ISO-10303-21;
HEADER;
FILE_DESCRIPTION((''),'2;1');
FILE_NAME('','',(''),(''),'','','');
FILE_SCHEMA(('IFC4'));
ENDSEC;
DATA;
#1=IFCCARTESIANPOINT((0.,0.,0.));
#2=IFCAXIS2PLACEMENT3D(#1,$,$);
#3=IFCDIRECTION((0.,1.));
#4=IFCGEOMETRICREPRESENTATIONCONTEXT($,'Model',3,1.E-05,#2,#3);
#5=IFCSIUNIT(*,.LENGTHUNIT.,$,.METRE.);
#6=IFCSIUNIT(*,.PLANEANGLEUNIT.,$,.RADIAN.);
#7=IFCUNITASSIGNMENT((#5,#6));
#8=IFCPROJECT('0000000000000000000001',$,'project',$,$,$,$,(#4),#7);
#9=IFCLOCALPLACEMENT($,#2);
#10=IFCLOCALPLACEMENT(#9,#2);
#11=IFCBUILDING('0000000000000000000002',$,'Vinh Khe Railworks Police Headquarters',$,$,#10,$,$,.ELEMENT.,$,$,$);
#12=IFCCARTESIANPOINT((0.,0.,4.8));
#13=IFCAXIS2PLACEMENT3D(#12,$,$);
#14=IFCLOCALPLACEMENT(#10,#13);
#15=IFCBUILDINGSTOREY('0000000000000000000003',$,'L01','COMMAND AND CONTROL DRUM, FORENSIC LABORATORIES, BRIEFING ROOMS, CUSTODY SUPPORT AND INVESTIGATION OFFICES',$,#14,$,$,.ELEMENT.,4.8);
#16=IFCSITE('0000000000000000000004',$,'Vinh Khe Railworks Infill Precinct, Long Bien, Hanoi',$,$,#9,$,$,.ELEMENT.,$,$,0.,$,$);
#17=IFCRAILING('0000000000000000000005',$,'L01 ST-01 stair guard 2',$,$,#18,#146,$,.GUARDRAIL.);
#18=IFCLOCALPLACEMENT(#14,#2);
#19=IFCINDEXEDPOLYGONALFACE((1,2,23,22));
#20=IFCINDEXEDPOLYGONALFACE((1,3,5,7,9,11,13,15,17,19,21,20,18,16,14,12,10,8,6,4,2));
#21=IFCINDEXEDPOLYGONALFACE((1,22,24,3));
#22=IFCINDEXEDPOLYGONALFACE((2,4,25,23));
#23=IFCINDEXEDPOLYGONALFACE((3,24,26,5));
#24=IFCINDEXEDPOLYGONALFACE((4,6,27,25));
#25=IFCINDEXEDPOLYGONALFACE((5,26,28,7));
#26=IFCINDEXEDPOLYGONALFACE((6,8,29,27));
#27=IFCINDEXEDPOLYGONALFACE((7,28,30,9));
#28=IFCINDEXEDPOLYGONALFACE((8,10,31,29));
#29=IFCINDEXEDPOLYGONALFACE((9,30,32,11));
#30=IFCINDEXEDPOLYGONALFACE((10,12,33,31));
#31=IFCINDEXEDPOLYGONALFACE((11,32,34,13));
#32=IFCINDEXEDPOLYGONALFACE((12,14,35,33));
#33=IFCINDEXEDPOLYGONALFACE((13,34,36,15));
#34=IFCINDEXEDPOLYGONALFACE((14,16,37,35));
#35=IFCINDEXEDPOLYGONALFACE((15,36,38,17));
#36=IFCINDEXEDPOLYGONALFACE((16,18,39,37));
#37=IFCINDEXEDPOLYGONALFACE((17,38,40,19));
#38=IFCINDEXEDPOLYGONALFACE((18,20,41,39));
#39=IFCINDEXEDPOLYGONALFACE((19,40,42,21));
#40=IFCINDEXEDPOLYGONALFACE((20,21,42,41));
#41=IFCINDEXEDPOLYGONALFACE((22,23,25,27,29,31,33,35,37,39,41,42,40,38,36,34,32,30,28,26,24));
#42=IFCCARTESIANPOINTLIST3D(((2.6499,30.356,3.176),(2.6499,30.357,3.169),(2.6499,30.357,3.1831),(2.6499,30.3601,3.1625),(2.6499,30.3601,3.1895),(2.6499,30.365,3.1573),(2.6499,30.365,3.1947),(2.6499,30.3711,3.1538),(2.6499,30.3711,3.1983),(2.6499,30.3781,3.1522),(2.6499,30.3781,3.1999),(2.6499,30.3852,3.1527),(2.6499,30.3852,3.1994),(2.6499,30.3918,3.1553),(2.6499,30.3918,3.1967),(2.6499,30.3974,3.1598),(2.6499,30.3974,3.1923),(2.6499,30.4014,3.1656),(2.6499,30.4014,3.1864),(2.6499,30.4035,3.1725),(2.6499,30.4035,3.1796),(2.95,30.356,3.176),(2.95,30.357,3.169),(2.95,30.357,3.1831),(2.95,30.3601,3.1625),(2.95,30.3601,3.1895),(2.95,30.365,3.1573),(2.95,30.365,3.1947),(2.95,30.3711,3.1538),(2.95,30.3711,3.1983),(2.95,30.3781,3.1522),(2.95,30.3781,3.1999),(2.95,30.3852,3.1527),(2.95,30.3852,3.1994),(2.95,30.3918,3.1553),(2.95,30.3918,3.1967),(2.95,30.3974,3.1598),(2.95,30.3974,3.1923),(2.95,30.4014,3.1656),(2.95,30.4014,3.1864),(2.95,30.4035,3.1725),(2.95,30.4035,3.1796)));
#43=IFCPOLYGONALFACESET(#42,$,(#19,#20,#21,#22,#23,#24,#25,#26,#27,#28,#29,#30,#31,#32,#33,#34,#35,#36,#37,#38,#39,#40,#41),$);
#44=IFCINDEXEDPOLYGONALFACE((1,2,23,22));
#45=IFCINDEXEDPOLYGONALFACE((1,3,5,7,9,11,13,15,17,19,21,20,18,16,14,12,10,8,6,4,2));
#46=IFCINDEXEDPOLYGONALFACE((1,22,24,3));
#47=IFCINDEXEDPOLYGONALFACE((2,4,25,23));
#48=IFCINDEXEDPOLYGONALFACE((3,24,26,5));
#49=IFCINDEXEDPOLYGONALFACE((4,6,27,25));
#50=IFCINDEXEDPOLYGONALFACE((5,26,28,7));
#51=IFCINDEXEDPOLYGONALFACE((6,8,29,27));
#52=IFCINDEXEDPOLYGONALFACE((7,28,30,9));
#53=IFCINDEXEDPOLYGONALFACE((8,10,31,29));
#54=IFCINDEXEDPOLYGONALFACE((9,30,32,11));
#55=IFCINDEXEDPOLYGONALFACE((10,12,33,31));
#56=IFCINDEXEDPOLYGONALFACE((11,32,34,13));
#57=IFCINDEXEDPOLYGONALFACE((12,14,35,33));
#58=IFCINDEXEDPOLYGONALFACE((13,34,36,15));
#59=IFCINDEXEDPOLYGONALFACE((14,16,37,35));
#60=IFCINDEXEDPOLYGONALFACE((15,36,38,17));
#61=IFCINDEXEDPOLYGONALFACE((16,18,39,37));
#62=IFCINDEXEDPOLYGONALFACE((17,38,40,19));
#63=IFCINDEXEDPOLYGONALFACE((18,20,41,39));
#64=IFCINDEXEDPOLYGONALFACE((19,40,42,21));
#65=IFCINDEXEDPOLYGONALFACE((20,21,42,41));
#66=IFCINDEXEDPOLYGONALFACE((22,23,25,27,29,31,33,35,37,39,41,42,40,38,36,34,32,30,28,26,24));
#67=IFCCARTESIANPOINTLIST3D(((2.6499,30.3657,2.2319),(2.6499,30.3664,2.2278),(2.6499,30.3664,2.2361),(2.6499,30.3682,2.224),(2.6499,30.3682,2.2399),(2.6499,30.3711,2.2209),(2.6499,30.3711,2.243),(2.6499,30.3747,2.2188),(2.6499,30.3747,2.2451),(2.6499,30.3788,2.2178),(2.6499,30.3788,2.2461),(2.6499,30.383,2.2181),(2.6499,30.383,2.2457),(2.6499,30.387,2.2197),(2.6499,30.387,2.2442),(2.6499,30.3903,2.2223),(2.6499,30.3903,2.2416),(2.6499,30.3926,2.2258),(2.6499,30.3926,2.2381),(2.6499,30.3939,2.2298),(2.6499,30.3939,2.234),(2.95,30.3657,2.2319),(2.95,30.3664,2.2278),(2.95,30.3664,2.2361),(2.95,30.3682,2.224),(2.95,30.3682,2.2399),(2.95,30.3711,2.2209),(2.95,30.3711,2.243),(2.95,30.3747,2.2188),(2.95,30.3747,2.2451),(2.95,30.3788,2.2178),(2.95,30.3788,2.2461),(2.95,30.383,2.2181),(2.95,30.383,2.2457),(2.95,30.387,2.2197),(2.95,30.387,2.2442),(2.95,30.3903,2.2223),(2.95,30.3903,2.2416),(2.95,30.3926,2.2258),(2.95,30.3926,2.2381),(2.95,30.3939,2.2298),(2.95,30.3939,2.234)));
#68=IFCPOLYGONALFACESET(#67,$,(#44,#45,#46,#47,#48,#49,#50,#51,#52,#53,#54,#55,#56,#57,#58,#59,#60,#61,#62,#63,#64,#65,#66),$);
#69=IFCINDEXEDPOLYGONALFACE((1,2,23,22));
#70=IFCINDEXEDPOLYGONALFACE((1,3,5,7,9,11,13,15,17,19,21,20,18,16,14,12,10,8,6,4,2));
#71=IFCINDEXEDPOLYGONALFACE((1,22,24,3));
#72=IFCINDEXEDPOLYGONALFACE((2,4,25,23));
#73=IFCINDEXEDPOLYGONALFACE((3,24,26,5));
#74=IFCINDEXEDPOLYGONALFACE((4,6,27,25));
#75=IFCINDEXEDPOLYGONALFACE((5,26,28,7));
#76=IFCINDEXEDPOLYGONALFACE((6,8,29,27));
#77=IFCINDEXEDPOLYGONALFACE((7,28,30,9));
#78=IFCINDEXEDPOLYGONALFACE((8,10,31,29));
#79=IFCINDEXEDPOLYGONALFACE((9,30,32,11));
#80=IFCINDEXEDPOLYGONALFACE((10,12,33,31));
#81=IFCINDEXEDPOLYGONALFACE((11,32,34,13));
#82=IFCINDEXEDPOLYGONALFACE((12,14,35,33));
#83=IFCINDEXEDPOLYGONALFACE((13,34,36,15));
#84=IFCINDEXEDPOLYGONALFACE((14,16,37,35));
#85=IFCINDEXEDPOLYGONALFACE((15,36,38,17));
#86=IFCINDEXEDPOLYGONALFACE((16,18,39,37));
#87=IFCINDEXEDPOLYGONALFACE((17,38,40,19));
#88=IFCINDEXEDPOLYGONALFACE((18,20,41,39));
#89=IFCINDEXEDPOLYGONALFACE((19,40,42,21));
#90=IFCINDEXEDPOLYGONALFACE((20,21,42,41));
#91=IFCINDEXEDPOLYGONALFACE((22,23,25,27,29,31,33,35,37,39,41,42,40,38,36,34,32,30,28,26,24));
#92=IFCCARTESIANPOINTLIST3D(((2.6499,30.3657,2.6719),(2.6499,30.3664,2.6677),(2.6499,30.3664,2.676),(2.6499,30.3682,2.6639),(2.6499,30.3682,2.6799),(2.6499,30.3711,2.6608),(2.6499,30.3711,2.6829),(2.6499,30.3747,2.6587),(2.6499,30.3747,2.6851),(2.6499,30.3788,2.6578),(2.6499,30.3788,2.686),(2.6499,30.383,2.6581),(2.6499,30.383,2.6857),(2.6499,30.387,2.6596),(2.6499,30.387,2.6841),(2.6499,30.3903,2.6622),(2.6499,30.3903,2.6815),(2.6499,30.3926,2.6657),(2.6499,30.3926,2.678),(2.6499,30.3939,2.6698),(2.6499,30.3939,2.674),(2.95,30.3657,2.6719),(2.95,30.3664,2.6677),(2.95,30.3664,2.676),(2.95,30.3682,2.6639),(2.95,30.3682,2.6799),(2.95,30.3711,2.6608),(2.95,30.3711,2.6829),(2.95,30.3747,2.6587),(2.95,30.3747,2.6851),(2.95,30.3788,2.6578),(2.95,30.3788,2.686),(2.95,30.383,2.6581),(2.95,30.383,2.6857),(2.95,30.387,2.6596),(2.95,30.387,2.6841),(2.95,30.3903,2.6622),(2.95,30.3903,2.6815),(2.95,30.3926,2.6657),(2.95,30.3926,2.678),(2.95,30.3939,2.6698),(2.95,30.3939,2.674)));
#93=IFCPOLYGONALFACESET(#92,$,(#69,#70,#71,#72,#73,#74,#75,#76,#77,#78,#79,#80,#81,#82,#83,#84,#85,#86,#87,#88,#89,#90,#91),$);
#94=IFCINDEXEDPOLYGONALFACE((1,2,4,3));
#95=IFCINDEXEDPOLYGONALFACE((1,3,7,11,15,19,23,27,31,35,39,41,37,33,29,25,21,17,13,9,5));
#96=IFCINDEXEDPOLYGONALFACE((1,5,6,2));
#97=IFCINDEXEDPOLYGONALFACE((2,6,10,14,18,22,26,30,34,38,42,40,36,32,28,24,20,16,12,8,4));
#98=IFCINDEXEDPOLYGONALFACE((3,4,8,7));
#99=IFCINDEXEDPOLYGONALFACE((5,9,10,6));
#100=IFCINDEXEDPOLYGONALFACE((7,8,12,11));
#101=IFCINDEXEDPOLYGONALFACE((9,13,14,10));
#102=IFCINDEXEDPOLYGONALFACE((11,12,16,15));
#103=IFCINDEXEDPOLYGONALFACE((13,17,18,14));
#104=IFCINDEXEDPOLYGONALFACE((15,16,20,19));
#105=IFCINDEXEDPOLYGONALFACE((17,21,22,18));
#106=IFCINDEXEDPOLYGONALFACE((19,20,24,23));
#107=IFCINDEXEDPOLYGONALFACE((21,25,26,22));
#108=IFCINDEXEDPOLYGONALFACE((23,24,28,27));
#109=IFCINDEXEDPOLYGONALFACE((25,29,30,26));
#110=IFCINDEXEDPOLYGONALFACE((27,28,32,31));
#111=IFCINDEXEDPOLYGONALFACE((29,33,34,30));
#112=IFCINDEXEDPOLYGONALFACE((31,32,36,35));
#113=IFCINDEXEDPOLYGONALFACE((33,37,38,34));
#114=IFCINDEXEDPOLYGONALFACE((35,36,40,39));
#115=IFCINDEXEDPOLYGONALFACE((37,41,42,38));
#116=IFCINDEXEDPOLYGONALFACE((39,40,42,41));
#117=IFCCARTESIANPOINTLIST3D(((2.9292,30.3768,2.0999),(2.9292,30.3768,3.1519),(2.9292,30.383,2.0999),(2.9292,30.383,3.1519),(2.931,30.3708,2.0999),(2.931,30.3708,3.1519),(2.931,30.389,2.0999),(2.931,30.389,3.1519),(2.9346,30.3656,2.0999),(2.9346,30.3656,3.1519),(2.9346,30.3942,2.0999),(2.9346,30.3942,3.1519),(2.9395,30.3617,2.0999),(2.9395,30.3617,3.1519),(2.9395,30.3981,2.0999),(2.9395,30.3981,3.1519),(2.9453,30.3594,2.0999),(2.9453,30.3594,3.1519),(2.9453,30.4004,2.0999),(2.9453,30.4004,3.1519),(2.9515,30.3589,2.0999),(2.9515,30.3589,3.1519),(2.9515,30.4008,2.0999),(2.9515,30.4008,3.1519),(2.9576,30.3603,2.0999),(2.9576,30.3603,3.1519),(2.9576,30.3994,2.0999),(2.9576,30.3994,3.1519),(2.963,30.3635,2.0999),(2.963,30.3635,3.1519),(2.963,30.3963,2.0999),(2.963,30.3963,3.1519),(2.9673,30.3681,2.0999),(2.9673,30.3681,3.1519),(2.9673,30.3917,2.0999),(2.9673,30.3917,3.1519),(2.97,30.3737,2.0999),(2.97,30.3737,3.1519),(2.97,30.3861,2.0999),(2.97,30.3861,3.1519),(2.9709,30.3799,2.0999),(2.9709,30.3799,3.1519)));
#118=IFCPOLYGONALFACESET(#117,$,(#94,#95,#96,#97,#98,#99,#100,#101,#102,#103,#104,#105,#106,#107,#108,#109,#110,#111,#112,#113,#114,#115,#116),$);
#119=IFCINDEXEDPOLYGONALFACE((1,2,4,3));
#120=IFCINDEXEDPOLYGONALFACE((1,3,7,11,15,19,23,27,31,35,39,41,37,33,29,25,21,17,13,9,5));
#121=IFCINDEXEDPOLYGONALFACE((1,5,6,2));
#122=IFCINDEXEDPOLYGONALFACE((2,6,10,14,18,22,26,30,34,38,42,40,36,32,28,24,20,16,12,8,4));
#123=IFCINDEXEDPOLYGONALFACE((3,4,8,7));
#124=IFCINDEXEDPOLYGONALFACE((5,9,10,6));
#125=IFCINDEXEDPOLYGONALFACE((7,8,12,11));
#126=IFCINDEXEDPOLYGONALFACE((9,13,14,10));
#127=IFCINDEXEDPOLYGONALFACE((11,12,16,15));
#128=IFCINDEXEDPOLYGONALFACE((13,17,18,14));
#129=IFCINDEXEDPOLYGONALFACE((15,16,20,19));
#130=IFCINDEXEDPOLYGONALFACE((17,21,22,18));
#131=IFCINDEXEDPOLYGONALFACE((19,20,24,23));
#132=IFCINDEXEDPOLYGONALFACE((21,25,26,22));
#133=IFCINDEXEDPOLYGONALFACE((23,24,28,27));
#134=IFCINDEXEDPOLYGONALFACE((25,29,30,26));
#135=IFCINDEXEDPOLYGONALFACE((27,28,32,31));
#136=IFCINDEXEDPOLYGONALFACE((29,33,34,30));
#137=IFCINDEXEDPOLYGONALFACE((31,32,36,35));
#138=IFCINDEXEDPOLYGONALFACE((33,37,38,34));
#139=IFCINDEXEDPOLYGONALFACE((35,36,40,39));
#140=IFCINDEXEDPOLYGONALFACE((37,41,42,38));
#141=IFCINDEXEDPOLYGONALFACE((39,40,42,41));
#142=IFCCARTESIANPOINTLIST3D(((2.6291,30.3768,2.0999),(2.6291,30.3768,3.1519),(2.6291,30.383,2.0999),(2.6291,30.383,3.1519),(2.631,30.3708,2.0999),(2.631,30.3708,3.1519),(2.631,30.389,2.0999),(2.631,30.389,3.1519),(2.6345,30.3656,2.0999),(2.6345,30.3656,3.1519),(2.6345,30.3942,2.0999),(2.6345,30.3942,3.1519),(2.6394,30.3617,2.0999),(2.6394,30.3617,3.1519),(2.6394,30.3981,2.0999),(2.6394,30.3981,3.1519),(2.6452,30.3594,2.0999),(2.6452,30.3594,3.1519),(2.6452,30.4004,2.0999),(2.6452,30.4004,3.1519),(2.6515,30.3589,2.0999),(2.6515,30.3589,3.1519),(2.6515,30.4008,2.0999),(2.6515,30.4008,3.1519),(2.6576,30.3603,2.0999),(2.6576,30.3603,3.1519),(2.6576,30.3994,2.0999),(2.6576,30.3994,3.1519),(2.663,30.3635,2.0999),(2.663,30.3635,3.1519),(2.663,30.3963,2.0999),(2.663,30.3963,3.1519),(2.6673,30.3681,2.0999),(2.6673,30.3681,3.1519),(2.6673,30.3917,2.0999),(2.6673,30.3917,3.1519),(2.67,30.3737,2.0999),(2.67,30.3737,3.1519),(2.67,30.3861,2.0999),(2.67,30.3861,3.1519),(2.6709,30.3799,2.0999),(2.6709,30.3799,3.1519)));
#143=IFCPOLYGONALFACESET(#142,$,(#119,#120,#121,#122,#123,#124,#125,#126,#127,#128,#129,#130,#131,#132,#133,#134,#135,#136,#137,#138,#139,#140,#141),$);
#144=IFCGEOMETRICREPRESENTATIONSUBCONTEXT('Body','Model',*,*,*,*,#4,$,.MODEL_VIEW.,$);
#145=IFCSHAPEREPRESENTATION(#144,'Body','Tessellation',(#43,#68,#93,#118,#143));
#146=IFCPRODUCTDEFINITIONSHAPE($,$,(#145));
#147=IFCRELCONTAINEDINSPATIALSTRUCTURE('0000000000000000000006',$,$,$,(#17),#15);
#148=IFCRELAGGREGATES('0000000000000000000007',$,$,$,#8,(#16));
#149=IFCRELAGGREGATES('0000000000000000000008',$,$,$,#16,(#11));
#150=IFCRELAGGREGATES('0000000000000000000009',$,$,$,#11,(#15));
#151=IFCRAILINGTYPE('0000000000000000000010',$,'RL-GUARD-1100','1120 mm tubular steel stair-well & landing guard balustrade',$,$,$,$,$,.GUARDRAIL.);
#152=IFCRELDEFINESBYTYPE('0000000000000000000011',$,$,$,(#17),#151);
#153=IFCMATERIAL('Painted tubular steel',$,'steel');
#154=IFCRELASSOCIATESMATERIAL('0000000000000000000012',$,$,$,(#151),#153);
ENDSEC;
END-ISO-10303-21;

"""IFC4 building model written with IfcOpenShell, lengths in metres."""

from ifc_helpers import new_model, si_unit, direction, frame, origin, origin_2d, place, context, subcontext, project, spatial, circle, extrude, material, type_object, element, save


model = new_model("IFC4")

# Units and contexts
model_context = context("Model", 3, precision=1e-05, world=origin(), true_north=direction((0.0, 1.0)))
body_context = subcontext(model_context, "Body", "Model", "MODEL_VIEW")
ifc_project = project(units=[si_unit("LENGTHUNIT", "METRE"), si_unit("PLANEANGLEUNIT", "RADIAN")], contexts=[model_context])

# Site, building, storey
site_placement = place(None, origin())
site = spatial("IfcSite", under=ifc_project, at=site_placement, Name="Vinh Khe Railworks Infill Precinct, Long Bien, Hanoi", CompositionType="ELEMENT", RefElevation=0.0)
building_placement = place(site_placement, origin())
building = spatial("IfcBuilding", under=site, at=building_placement, Name="Vinh Khe Railworks Police Headquarters", CompositionType="ELEMENT")
storey_placement = place(building_placement, frame((0.0, 0.0, 4.8)))
storey = spatial("IfcBuildingStorey", under=building, at=storey_placement, Name="L01", Description="COMMAND AND CONTROL DRUM, FORENSIC LABORATORIES, BRIEFING ROOMS, CUSTODY SUPPORT AND INVESTIGATION OFFICES", CompositionType="ELEMENT", Elevation=4.8)

# Railing
ifc_material_1 = material(Name="Painted tubular steel", Category="steel")
railing_type_1 = type_object("IfcRailingType", Name="RL-GUARD-1100", Description="1120 mm tubular steel stair-well & landing guard balustrade", PredefinedType="GUARDRAIL", material=ifc_material_1)
railing_1_placement = place(storey_placement, frame((2.95, 30.3799, 2.0999)))
element("IfcRailing", 1, at=railing_1_placement, inside=storey, type_object=railing_type_1, Name="L01 ST-01 stair guard 2", PredefinedType="GUARDRAIL", context=body_context, shape_type="SweptSolid", body=[
    extrude(circle(Radius=0.0239, at=origin_2d()), frame((0.0, 0.0, 1.0762), z_axis=(-1.0, 0.0, 0.0), x_axis=(0.0, -1.0, 0.0)), (0.0, 0.0, 1.0), 0.3),
    extrude(circle(Radius=0.0142, at=origin_2d()), frame((0.0, 0.0, 0.1321), z_axis=(-1.0, 0.0, 0.0), x_axis=(0.0, -1.0, 0.0)), (0.0, 0.0, 1.0), 0.3),
    extrude(circle(Radius=0.0142, at=origin_2d()), frame((0.0, 0.0, 0.572), z_axis=(-1.0, 0.0, 0.0), x_axis=(0.0, -1.0, 0.0)), (0.0, 0.0, 1.0), 0.3),
    extrude(circle(Radius=0.021, at=origin_2d()), origin(), (0.0, 0.0, 1.0), 1.052),
    extrude(circle(Radius=0.021, at=origin_2d()), frame((-0.3, 0.0, 0.0)), (0.0, 0.0, 1.0), 1.052),
])

save(model, "model.ifc")
